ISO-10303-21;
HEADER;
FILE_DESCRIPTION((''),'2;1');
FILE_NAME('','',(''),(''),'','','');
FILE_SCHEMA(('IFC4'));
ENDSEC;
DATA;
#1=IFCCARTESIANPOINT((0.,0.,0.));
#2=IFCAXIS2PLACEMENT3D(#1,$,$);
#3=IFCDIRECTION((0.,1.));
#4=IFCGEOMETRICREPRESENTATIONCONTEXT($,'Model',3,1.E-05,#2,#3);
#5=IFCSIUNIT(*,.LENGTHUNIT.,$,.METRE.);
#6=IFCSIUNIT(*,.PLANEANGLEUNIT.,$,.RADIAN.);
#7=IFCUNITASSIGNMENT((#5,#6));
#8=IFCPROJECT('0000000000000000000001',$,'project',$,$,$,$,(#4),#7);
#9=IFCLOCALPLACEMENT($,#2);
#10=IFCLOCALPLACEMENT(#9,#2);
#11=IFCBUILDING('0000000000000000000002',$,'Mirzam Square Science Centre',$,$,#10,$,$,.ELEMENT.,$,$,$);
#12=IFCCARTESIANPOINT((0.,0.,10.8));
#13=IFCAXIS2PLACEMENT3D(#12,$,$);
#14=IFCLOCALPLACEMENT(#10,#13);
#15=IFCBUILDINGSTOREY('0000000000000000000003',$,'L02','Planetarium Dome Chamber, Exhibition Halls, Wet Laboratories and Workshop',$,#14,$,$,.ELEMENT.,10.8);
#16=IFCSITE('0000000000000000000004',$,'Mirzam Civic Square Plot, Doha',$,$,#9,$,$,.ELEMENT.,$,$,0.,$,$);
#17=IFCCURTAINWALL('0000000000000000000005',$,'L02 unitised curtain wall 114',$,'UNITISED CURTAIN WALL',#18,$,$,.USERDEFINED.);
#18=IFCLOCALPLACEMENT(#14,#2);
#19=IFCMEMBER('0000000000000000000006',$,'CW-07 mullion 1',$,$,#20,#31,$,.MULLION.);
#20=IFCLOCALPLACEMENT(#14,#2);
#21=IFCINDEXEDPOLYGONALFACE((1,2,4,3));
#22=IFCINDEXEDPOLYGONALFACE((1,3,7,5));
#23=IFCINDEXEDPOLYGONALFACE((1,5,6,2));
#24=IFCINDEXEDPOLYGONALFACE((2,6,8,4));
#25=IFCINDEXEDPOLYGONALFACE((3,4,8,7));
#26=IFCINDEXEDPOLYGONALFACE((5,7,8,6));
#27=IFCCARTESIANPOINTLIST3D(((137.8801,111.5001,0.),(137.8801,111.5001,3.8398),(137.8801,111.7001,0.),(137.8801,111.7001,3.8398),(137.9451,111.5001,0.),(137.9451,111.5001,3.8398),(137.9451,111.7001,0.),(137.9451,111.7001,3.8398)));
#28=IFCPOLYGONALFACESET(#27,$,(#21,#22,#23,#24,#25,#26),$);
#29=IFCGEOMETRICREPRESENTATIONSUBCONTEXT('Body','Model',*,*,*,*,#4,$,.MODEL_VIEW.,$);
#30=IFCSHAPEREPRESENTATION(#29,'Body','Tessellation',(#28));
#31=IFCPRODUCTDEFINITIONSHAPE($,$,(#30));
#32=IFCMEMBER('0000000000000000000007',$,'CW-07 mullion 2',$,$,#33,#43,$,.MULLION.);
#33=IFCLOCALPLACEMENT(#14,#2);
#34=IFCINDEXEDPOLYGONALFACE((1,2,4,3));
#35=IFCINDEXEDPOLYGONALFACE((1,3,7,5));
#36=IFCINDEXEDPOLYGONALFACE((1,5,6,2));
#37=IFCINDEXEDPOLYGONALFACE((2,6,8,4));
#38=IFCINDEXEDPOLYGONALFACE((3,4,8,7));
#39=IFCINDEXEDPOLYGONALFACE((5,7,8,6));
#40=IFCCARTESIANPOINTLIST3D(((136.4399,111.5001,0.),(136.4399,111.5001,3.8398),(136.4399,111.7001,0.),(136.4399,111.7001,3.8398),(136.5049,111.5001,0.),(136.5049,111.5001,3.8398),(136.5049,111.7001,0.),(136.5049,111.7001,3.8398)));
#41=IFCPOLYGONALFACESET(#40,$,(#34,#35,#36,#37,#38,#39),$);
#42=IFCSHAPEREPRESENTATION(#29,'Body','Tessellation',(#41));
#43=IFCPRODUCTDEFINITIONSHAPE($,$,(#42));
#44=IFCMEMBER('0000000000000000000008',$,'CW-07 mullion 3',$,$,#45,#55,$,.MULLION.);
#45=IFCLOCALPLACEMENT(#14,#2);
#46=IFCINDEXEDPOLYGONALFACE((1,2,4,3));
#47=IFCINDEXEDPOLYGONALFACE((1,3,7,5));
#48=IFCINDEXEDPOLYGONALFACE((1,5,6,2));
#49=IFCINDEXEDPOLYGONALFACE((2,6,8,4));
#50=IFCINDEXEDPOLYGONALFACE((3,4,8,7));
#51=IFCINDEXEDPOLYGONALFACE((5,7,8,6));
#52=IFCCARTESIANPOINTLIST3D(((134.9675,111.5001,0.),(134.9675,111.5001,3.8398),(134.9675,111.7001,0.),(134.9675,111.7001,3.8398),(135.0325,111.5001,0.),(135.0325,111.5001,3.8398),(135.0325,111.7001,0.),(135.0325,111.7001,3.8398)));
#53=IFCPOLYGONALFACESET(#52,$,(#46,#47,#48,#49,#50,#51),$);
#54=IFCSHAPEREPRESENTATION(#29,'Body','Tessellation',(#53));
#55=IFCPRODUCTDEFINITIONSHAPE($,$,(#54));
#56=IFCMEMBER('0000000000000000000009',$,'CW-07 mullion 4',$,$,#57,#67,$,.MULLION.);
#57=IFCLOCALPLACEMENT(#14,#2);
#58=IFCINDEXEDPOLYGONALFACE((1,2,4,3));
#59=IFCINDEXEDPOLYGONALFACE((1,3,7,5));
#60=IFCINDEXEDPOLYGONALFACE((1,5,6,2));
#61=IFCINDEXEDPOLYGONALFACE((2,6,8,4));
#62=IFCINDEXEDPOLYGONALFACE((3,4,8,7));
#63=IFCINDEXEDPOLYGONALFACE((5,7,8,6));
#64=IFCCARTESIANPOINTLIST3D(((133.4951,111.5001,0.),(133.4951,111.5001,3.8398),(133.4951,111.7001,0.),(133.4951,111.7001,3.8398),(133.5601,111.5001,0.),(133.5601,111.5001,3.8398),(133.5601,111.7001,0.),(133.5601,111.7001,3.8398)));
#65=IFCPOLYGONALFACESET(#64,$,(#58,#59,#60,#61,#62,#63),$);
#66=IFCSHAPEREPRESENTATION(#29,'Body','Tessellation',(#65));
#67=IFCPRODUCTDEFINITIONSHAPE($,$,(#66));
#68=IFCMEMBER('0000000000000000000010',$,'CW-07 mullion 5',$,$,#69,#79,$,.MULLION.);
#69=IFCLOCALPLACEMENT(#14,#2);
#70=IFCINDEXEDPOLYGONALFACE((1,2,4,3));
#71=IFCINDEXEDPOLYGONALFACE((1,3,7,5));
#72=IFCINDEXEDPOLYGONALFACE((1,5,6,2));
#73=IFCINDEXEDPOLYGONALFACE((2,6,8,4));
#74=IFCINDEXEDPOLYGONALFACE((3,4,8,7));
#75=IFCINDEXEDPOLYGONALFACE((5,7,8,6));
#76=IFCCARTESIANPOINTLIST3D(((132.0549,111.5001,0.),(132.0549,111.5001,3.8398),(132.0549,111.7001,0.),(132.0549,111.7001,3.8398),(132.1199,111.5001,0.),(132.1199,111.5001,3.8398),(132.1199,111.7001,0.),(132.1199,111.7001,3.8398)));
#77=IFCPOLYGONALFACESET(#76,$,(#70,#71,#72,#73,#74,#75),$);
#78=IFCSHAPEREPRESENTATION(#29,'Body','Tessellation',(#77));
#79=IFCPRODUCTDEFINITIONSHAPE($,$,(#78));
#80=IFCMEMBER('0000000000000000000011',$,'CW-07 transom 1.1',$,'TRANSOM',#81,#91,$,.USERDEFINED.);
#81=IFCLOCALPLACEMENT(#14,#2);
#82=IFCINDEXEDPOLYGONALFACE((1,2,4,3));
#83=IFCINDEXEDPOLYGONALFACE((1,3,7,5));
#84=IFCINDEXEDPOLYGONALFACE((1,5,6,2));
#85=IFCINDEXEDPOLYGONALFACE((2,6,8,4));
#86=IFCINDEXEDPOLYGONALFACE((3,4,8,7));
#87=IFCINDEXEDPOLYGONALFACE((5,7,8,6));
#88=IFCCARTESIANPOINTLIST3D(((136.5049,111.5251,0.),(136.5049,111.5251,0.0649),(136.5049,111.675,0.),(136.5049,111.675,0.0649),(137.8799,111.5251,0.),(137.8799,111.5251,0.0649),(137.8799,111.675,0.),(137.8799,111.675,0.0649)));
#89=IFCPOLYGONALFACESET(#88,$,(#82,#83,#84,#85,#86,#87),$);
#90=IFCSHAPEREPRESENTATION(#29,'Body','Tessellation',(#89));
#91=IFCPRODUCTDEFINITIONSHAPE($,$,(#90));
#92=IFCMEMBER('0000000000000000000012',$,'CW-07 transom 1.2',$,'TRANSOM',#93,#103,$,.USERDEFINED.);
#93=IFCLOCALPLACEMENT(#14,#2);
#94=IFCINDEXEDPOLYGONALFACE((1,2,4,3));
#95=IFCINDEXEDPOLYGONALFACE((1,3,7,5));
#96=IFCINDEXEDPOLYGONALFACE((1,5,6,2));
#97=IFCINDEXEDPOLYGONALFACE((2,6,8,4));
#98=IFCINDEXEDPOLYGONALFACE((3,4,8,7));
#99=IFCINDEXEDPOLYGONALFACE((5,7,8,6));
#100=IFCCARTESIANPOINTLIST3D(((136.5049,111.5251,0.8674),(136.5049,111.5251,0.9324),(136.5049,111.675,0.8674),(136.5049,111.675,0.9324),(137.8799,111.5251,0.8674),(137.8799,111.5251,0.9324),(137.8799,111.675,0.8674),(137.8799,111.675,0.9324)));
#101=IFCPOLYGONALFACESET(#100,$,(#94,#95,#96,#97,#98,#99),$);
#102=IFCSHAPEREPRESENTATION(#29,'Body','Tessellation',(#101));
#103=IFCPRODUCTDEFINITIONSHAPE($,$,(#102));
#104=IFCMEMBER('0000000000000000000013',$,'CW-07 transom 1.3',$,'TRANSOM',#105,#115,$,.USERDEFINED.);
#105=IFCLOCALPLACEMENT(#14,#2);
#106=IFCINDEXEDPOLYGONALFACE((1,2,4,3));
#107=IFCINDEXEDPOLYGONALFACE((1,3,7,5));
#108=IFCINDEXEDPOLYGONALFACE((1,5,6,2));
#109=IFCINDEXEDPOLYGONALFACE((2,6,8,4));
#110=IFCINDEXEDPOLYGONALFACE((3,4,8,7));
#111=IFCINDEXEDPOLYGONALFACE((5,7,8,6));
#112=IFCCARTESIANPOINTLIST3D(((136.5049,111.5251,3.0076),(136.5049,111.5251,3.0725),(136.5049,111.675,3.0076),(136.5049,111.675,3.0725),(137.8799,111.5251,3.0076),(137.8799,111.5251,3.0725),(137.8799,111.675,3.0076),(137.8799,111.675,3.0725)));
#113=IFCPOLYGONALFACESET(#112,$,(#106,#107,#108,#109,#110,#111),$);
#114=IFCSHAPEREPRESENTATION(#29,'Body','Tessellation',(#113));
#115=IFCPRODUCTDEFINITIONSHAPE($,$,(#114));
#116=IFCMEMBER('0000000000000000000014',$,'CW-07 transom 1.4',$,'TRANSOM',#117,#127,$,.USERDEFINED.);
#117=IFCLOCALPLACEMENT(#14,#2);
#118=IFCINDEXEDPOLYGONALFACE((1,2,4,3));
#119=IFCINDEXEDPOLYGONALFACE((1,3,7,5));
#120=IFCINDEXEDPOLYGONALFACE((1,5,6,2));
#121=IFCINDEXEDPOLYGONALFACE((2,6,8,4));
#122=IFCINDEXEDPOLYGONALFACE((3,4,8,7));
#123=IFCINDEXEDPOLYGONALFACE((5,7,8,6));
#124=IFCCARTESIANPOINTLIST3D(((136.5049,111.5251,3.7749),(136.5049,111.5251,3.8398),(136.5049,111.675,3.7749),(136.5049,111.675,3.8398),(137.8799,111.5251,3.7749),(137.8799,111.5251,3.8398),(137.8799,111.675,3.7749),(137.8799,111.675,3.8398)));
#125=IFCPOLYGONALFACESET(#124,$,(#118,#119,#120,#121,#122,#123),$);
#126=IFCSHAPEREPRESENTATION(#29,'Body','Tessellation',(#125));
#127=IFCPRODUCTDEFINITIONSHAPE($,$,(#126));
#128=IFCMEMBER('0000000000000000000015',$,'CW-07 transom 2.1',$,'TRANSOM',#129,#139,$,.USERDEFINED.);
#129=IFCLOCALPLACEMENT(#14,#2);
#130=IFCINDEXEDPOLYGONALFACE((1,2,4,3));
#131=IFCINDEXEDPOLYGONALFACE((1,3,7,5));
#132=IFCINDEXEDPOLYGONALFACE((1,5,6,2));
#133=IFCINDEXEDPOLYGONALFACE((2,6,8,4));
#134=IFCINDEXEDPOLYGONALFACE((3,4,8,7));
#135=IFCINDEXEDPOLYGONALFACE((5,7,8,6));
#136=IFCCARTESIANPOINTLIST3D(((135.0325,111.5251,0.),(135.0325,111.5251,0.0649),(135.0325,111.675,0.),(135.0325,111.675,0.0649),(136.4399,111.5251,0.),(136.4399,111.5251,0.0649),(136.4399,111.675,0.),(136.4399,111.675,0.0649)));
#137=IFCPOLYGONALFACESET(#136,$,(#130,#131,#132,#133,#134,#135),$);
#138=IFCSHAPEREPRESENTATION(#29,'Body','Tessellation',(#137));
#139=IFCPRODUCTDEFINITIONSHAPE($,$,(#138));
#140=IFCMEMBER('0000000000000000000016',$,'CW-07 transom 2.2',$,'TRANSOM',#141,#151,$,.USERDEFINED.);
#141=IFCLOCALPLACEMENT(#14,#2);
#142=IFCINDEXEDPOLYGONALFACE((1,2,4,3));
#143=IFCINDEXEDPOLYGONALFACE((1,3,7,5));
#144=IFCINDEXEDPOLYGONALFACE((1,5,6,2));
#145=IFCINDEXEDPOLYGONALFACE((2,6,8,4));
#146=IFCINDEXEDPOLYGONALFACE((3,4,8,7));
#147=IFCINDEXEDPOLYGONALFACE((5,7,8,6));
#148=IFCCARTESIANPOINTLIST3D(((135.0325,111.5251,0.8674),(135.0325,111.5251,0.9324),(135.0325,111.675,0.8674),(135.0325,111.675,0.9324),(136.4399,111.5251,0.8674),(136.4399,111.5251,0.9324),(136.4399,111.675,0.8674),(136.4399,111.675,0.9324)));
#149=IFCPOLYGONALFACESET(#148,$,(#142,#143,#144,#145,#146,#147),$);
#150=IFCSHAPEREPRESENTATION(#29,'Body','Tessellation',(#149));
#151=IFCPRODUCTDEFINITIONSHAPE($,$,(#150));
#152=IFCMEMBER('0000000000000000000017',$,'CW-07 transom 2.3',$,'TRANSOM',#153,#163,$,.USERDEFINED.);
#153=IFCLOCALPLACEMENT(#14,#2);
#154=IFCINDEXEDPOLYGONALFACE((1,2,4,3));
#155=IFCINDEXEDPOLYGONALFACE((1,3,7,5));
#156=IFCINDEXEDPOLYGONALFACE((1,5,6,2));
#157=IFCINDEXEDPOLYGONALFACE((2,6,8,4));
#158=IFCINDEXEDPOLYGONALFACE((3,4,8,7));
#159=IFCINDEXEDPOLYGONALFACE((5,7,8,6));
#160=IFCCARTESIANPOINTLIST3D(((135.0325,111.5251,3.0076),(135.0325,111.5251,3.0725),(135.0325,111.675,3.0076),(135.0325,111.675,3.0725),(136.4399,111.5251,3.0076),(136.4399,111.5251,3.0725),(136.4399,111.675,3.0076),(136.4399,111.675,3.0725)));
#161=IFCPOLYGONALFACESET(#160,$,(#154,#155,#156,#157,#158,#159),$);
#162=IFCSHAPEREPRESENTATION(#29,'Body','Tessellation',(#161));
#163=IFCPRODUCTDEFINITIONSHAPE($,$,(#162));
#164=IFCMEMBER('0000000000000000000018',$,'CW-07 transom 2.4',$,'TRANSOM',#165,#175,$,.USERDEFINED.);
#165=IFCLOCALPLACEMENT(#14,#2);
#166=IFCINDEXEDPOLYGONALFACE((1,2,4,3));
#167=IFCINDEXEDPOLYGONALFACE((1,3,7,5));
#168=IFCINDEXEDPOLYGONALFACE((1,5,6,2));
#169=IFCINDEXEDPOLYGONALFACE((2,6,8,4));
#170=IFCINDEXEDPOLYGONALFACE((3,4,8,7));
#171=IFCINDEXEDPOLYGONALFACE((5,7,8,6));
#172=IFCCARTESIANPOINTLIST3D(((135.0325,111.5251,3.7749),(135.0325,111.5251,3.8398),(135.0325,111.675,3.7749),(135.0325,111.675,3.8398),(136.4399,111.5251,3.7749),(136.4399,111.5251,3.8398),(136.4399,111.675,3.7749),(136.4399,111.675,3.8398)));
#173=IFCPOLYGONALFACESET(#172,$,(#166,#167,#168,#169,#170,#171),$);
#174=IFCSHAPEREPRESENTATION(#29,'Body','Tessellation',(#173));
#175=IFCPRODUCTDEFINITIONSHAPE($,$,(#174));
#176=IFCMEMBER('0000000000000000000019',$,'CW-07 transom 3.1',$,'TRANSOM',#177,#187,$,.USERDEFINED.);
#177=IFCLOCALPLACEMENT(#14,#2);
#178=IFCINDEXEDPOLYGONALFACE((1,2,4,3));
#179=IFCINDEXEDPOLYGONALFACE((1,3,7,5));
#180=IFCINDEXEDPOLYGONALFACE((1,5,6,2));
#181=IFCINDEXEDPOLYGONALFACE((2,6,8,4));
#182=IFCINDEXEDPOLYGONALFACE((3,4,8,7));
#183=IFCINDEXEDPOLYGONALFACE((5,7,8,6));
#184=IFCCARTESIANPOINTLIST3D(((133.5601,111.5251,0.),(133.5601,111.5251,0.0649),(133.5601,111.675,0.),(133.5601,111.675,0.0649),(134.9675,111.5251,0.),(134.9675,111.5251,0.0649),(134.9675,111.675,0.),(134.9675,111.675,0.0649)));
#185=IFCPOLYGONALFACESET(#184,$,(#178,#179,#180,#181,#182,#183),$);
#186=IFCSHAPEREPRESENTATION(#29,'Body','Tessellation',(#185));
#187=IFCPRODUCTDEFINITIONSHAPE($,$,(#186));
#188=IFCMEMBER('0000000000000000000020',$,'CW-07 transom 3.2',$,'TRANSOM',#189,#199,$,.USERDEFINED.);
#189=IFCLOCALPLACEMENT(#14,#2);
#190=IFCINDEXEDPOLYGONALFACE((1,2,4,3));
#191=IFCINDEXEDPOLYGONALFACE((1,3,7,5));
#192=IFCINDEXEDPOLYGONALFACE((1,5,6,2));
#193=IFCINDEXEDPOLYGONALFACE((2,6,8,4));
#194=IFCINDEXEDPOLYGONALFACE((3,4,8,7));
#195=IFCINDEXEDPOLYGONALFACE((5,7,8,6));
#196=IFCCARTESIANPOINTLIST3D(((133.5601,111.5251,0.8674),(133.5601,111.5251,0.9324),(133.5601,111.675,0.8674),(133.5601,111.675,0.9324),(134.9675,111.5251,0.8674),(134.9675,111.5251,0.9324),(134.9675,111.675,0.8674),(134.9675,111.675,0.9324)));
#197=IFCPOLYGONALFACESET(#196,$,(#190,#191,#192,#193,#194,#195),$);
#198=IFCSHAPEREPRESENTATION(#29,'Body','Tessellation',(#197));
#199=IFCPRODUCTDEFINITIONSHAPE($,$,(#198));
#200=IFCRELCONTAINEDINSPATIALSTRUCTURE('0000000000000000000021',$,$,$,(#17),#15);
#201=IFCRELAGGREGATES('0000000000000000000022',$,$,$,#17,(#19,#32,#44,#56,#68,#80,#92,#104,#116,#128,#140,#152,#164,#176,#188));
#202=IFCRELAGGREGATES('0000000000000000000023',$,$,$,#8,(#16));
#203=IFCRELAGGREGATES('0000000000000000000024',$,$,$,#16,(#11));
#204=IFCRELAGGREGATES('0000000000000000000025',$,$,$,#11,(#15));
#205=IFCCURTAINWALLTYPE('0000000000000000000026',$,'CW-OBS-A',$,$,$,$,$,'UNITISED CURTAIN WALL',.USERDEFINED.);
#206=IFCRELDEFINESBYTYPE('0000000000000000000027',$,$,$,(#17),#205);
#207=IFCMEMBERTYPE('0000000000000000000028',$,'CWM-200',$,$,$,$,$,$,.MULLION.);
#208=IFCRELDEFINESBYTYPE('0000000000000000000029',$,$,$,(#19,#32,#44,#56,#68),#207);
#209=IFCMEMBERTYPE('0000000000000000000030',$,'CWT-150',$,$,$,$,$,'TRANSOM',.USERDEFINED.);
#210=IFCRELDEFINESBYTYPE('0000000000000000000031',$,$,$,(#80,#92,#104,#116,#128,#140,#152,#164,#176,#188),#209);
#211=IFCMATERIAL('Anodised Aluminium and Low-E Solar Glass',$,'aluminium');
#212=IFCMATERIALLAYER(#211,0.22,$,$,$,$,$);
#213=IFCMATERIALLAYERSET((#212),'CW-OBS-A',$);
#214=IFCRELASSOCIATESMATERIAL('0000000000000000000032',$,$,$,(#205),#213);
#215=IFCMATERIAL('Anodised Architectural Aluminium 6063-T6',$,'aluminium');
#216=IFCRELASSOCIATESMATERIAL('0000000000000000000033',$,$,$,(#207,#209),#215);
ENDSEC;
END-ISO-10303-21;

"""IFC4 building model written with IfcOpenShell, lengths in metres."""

from ifc_helpers import new_model, si_unit, direction, frame, origin, origin_2d, place, context, subcontext, project, spatial, rectangle, extrude, material, layer, layer_set, material_profile, profile_set, type_object, element, aggregate, save


model = new_model("IFC4")

# Units and contexts
model_context = context("Model", 3, precision=1e-05, world=origin(), true_north=direction((0.0, 1.0)))
body_context = subcontext(model_context, "Body", "Model", "MODEL_VIEW")
ifc_project = project(units=[si_unit("LENGTHUNIT", "METRE"), si_unit("PLANEANGLEUNIT", "RADIAN")], contexts=[model_context])

# Site, building, storey
site_placement = place(None, origin())
site = spatial("IfcSite", under=ifc_project, at=site_placement, Name="Mirzam Civic Square Plot, Doha", CompositionType="ELEMENT", RefElevation=0.0)
building_placement = place(site_placement, origin())
building = spatial("IfcBuilding", under=site, at=building_placement, Name="Mirzam Square Science Centre", CompositionType="ELEMENT")
storey_placement = place(building_placement, frame((0.0, 0.0, 10.8)))
storey = spatial("IfcBuildingStorey", under=building, at=storey_placement, Name="L02", Description="Planetarium Dome Chamber, Exhibition Halls, Wet Laboratories and Workshop", CompositionType="ELEMENT", Elevation=10.8)

# Curtain wall, members
ifc_material_1 = material(Name="Anodised Aluminium and Low-E Solar Glass", Category="aluminium")
ifc_layer_1 = layer(ifc_material_1, 0.22)
ifc_layer_set_1 = layer_set([ifc_layer_1], Name="CW-OBS-A")
curtain_wall_type = type_object("IfcCurtainWallType", Name="CW-OBS-A", ElementType="UNITISED CURTAIN WALL", PredefinedType="USERDEFINED", material=ifc_layer_set_1)
curtain_wall_placement = place(storey_placement, origin())
curtain_wall = element("IfcCurtainWall", 1, at=curtain_wall_placement, inside=storey, type_object=curtain_wall_type, Name="L02 unitised curtain wall 114", ObjectType="UNITISED CURTAIN WALL", PredefinedType="USERDEFINED")
ifc_material_2 = material(Name="Anodised Architectural Aluminium 6063-T6", Category="aluminium")
ifc_material_profile_1 = material_profile(ifc_material_2, rectangle(XDim=0.0649, YDim=0.2, at=origin_2d()), Name="ALU-MULL-200x65x5")
ifc_profile_set_1 = profile_set([ifc_material_profile_1], Name="Anodised Architectural Aluminium 6063-T6")
member_type_1 = type_object("IfcMemberType", Name="CWM-200", PredefinedType="MULLION", material=ifc_profile_set_1)
member_1_placement = place(storey_placement, frame((137.9126, 111.6001, 0.0), z_axis=(0.0, 0.0, 1.0), x_axis=(-1.0, 0.0, 0.0)))
member_1 = element("IfcMember", 2, at=member_1_placement, type_object=member_type_1, Name="CW-07 mullion 1", PredefinedType="MULLION", context=body_context, shape_type="SweptSolid", body=[
    extrude(rectangle(XDim=0.0649, YDim=0.2, at=origin_2d()), origin(), (0.0, 0.0, 1.0), 3.8398),
])
member_2_placement = place(storey_placement, frame((136.4724, 111.6001, 0.0), z_axis=(0.0, 0.0, 1.0), x_axis=(-1.0, 0.0, 0.0)))
member_2 = element("IfcMember", 3, at=member_2_placement, type_object=member_type_1, Name="CW-07 mullion 2", PredefinedType="MULLION", context=body_context, shape_type="SweptSolid", body=[
    extrude(rectangle(XDim=0.0649, YDim=0.2, at=origin_2d()), origin(), (0.0, 0.0, 1.0), 3.8398),
])
member_3_placement = place(storey_placement, frame((135.0, 111.6001, 0.0), z_axis=(0.0, 0.0, 1.0), x_axis=(-1.0, 0.0, 0.0)))
member_3 = element("IfcMember", 4, at=member_3_placement, type_object=member_type_1, Name="CW-07 mullion 3", PredefinedType="MULLION", context=body_context, shape_type="SweptSolid", body=[
    extrude(rectangle(XDim=0.0649, YDim=0.2, at=origin_2d()), origin(), (0.0, 0.0, 1.0), 3.8398),
])
member_4_placement = place(storey_placement, frame((133.5276, 111.6001, 0.0), z_axis=(0.0, 0.0, 1.0), x_axis=(-1.0, 0.0, 0.0)))
member_4 = element("IfcMember", 5, at=member_4_placement, type_object=member_type_1, Name="CW-07 mullion 4", PredefinedType="MULLION", context=body_context, shape_type="SweptSolid", body=[
    extrude(rectangle(XDim=0.0649, YDim=0.2, at=origin_2d()), origin(), (0.0, 0.0, 1.0), 3.8398),
])
member_5_placement = place(storey_placement, frame((132.0874, 111.6001, 0.0), z_axis=(0.0, 0.0, 1.0), x_axis=(-1.0, 0.0, 0.0)))
member_5 = element("IfcMember", 6, at=member_5_placement, type_object=member_type_1, Name="CW-07 mullion 5", PredefinedType="MULLION", context=body_context, shape_type="SweptSolid", body=[
    extrude(rectangle(XDim=0.0649, YDim=0.2, at=origin_2d()), origin(), (0.0, 0.0, 1.0), 3.8398),
])
ifc_material_profile_2 = material_profile(ifc_material_2, rectangle(XDim=0.1499, YDim=0.0649, at=origin_2d()), Name="ALU-TRAN-150x65x4")
ifc_profile_set_2 = profile_set([ifc_material_profile_2], Name="Anodised Architectural Aluminium 6063-T6")
member_type_2 = type_object("IfcMemberType", Name="CWT-150", ElementType="TRANSOM", PredefinedType="USERDEFINED", material=ifc_profile_set_2)
member_6_placement = place(storey_placement, frame((137.8799, 111.6001, 0.0325), z_axis=(-1.0, 0.0, 0.0), x_axis=(0.0, -1.0, 0.0)))
member_6 = element("IfcMember", 7, at=member_6_placement, type_object=member_type_2, Name="CW-07 transom 1.1", ObjectType="TRANSOM", PredefinedType="USERDEFINED", context=body_context, shape_type="SweptSolid", body=[
    extrude(rectangle(XDim=0.1499, YDim=0.0649, at=origin_2d()), origin(), (0.0, 0.0, 1.0), 1.375),
])
member_7_placement = place(storey_placement, frame((137.8799, 111.6001, 0.8999), z_axis=(-1.0, 0.0, 0.0), x_axis=(0.0, -1.0, 0.0)))
member_7 = element("IfcMember", 8, at=member_7_placement, type_object=member_type_2, Name="CW-07 transom 1.2", ObjectType="TRANSOM", PredefinedType="USERDEFINED", context=body_context, shape_type="SweptSolid", body=[
    extrude(rectangle(XDim=0.1499, YDim=0.0649, at=origin_2d()), origin(), (0.0, 0.0, 1.0), 1.375),
])
member_8_placement = place(storey_placement, frame((137.8799, 111.6001, 3.04), z_axis=(-1.0, 0.0, 0.0), x_axis=(0.0, -1.0, 0.0)))
member_8 = element("IfcMember", 9, at=member_8_placement, type_object=member_type_2, Name="CW-07 transom 1.3", ObjectType="TRANSOM", PredefinedType="USERDEFINED", context=body_context, shape_type="SweptSolid", body=[
    extrude(rectangle(XDim=0.1499, YDim=0.0649, at=origin_2d()), origin(), (0.0, 0.0, 1.0), 1.375),
])
member_9_placement = place(storey_placement, frame((137.8799, 111.6001, 3.8074), z_axis=(-1.0, 0.0, 0.0), x_axis=(0.0, -1.0, 0.0)))
member_9 = element("IfcMember", 10, at=member_9_placement, type_object=member_type_2, Name="CW-07 transom 1.4", ObjectType="TRANSOM", PredefinedType="USERDEFINED", context=body_context, shape_type="SweptSolid", body=[
    extrude(rectangle(XDim=0.1499, YDim=0.0649, at=origin_2d()), origin(), (0.0, 0.0, 1.0), 1.375),
])
member_10_placement = place(storey_placement, frame((136.4399, 111.6001, 0.0325), z_axis=(-1.0, 0.0, 0.0), x_axis=(0.0, -1.0, 0.0)))
member_10 = element("IfcMember", 11, at=member_10_placement, type_object=member_type_2, Name="CW-07 transom 2.1", ObjectType="TRANSOM", PredefinedType="USERDEFINED", context=body_context, shape_type="SweptSolid", body=[
    extrude(rectangle(XDim=0.1499, YDim=0.0649, at=origin_2d()), origin(), (0.0, 0.0, 1.0), 1.4075),
])
member_11_placement = place(storey_placement, frame((136.4399, 111.6001, 0.8999), z_axis=(-1.0, 0.0, 0.0), x_axis=(0.0, -1.0, 0.0)))
member_11 = element("IfcMember", 12, at=member_11_placement, type_object=member_type_2, Name="CW-07 transom 2.2", ObjectType="TRANSOM", PredefinedType="USERDEFINED", context=body_context, shape_type="SweptSolid", body=[
    extrude(rectangle(XDim=0.1499, YDim=0.0649, at=origin_2d()), origin(), (0.0, 0.0, 1.0), 1.4075),
])
member_12_placement = place(storey_placement, frame((136.4399, 111.6001, 3.04), z_axis=(-1.0, 0.0, 0.0), x_axis=(0.0, -1.0, 0.0)))
member_12 = element("IfcMember", 13, at=member_12_placement, type_object=member_type_2, Name="CW-07 transom 2.3", ObjectType="TRANSOM", PredefinedType="USERDEFINED", context=body_context, shape_type="SweptSolid", body=[
    extrude(rectangle(XDim=0.1499, YDim=0.0649, at=origin_2d()), origin(), (0.0, 0.0, 1.0), 1.4075),
])
member_13_placement = place(storey_placement, frame((136.4399, 111.6001, 3.8074), z_axis=(-1.0, 0.0, 0.0), x_axis=(0.0, -1.0, 0.0)))
member_13 = element("IfcMember", 14, at=member_13_placement, type_object=member_type_2, Name="CW-07 transom 2.4", ObjectType="TRANSOM", PredefinedType="USERDEFINED", context=body_context, shape_type="SweptSolid", body=[
    extrude(rectangle(XDim=0.1499, YDim=0.0649, at=origin_2d()), origin(), (0.0, 0.0, 1.0), 1.4075),
])
member_14_placement = place(storey_placement, frame((134.9675, 111.6001, 0.0325), z_axis=(-1.0, 0.0, 0.0), x_axis=(0.0, -1.0, 0.0)))
member_14 = element("IfcMember", 15, at=member_14_placement, type_object=member_type_2, Name="CW-07 transom 3.1", ObjectType="TRANSOM", PredefinedType="USERDEFINED", context=body_context, shape_type="SweptSolid", body=[
    extrude(rectangle(XDim=0.1499, YDim=0.0649, at=origin_2d()), origin(), (0.0, 0.0, 1.0), 1.4075),
])
member_15_placement = place(storey_placement, frame((134.9675, 111.6001, 0.8999), z_axis=(-1.0, 0.0, 0.0), x_axis=(0.0, -1.0, 0.0)))
member_15 = element("IfcMember", 16, at=member_15_placement, type_object=member_type_2, Name="CW-07 transom 3.2", ObjectType="TRANSOM", PredefinedType="USERDEFINED", context=body_context, shape_type="SweptSolid", body=[
    extrude(rectangle(XDim=0.1499, YDim=0.0649, at=origin_2d()), origin(), (0.0, 0.0, 1.0), 1.4075),
])
aggregate(curtain_wall, [member_1, member_2, member_3, member_4, member_5, member_6, member_7, member_8, member_9, member_10, member_11, member_12, member_13, member_14, member_15])

save(model, "model.ifc")
